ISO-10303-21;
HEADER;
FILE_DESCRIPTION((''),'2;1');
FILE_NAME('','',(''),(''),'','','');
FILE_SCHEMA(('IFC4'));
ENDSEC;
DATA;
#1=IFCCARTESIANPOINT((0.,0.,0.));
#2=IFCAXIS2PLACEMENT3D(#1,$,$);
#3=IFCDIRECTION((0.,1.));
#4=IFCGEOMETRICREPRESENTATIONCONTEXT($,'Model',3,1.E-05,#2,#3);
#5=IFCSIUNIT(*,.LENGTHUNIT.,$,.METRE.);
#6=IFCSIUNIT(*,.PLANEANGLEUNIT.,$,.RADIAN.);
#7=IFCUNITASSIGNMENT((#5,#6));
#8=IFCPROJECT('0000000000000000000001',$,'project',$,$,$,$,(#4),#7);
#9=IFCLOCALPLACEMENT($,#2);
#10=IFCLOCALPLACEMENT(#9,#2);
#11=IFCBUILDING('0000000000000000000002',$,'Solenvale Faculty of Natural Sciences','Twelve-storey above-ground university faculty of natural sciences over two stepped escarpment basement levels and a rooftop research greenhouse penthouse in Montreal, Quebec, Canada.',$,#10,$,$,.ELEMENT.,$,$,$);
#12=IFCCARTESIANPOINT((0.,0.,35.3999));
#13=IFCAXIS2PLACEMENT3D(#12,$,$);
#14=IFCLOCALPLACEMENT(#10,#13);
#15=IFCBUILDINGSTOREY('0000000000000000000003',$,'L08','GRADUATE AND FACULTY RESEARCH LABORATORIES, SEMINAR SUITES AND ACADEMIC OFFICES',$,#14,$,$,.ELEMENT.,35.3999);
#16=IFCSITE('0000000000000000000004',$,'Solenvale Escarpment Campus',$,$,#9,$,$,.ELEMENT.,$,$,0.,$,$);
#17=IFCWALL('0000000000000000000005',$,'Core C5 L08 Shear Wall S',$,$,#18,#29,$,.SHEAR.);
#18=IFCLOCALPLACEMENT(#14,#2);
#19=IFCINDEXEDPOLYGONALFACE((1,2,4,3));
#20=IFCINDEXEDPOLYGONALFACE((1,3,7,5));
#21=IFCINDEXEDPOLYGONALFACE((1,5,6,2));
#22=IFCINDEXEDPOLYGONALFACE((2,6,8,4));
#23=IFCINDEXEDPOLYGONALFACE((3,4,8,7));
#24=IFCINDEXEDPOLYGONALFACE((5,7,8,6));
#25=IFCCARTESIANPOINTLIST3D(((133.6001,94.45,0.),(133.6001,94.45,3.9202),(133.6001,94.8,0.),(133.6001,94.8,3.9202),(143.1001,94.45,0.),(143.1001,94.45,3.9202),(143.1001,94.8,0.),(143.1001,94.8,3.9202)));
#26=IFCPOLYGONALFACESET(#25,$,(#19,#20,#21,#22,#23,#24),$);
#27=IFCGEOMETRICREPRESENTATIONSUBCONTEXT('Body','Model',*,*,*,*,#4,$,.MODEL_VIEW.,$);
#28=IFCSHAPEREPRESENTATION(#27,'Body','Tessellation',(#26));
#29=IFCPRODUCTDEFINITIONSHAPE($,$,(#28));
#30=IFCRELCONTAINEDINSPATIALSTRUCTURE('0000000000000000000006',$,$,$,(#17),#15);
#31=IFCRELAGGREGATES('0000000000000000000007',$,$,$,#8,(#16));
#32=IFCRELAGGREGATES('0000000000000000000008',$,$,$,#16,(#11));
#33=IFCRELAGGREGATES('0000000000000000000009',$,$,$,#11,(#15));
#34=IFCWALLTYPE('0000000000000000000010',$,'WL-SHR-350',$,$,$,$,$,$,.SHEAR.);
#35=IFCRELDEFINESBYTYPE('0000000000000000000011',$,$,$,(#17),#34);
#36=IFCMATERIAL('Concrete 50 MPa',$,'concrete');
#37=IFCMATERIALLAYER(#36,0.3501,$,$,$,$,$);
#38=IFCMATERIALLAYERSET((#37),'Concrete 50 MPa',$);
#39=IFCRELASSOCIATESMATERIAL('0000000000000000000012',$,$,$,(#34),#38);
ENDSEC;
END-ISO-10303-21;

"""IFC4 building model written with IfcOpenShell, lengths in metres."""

from ifc_helpers import new_model, si_unit, direction, frame, frame_2d, origin, place, context, subcontext, project, spatial, rectangle, extrude, material, layer, layer_set, type_object, element, save


model = new_model("IFC4")

# Units and contexts
model_context = context("Model", 3, precision=1e-05, world=origin(), true_north=direction((0.0, 1.0)))
body_context = subcontext(model_context, "Body", "Model", "MODEL_VIEW")
ifc_project = project(units=[si_unit("LENGTHUNIT", "METRE"), si_unit("PLANEANGLEUNIT", "RADIAN")], contexts=[model_context])

# Site, building, storey
site_placement = place(None, origin())
site = spatial("IfcSite", under=ifc_project, at=site_placement, Name="Solenvale Escarpment Campus", CompositionType="ELEMENT", RefElevation=0.0)
building_placement = place(site_placement, origin())
building = spatial("IfcBuilding", under=site, at=building_placement, Name="Solenvale Faculty of Natural Sciences", Description="Twelve-storey above-ground university faculty of natural sciences over two stepped escarpment basement levels and a rooftop research greenhouse penthouse in Montreal, Quebec, Canada.", CompositionType="ELEMENT")
storey_placement = place(building_placement, frame((0.0, 0.0, 35.3999)))
storey = spatial("IfcBuildingStorey", under=building, at=storey_placement, Name="L08", Description="GRADUATE AND FACULTY RESEARCH LABORATORIES, SEMINAR SUITES AND ACADEMIC OFFICES", CompositionType="ELEMENT", Elevation=35.3999)

# Wall
ifc_material_1 = material(Name="Concrete 50 MPa", Category="concrete")
ifc_layer_1 = layer(ifc_material_1, 0.3501)
ifc_layer_set_1 = layer_set([ifc_layer_1], Name="Concrete 50 MPa")
wall_type_1 = type_object("IfcWallType", Name="WL-SHR-350", PredefinedType="SHEAR", material=ifc_layer_set_1)
wall_1_placement = place(storey_placement, frame((133.6001, 94.625, 0.0), z_axis=(0.0, 0.0, 1.0), x_axis=(1.0, 0.0, 0.0)))
element("IfcWall", 1, at=wall_1_placement, inside=storey, type_object=wall_type_1, Name="Core C5 L08 Shear Wall S", PredefinedType="SHEAR", context=body_context, shape_type="SweptSolid", body=[
    extrude(rectangle(XDim=9.5, YDim=0.3501, at=frame_2d((4.75, 0.0))), origin(), (0.0, 0.0, 1.0), 3.9202),
])

save(model, "model.ifc")
